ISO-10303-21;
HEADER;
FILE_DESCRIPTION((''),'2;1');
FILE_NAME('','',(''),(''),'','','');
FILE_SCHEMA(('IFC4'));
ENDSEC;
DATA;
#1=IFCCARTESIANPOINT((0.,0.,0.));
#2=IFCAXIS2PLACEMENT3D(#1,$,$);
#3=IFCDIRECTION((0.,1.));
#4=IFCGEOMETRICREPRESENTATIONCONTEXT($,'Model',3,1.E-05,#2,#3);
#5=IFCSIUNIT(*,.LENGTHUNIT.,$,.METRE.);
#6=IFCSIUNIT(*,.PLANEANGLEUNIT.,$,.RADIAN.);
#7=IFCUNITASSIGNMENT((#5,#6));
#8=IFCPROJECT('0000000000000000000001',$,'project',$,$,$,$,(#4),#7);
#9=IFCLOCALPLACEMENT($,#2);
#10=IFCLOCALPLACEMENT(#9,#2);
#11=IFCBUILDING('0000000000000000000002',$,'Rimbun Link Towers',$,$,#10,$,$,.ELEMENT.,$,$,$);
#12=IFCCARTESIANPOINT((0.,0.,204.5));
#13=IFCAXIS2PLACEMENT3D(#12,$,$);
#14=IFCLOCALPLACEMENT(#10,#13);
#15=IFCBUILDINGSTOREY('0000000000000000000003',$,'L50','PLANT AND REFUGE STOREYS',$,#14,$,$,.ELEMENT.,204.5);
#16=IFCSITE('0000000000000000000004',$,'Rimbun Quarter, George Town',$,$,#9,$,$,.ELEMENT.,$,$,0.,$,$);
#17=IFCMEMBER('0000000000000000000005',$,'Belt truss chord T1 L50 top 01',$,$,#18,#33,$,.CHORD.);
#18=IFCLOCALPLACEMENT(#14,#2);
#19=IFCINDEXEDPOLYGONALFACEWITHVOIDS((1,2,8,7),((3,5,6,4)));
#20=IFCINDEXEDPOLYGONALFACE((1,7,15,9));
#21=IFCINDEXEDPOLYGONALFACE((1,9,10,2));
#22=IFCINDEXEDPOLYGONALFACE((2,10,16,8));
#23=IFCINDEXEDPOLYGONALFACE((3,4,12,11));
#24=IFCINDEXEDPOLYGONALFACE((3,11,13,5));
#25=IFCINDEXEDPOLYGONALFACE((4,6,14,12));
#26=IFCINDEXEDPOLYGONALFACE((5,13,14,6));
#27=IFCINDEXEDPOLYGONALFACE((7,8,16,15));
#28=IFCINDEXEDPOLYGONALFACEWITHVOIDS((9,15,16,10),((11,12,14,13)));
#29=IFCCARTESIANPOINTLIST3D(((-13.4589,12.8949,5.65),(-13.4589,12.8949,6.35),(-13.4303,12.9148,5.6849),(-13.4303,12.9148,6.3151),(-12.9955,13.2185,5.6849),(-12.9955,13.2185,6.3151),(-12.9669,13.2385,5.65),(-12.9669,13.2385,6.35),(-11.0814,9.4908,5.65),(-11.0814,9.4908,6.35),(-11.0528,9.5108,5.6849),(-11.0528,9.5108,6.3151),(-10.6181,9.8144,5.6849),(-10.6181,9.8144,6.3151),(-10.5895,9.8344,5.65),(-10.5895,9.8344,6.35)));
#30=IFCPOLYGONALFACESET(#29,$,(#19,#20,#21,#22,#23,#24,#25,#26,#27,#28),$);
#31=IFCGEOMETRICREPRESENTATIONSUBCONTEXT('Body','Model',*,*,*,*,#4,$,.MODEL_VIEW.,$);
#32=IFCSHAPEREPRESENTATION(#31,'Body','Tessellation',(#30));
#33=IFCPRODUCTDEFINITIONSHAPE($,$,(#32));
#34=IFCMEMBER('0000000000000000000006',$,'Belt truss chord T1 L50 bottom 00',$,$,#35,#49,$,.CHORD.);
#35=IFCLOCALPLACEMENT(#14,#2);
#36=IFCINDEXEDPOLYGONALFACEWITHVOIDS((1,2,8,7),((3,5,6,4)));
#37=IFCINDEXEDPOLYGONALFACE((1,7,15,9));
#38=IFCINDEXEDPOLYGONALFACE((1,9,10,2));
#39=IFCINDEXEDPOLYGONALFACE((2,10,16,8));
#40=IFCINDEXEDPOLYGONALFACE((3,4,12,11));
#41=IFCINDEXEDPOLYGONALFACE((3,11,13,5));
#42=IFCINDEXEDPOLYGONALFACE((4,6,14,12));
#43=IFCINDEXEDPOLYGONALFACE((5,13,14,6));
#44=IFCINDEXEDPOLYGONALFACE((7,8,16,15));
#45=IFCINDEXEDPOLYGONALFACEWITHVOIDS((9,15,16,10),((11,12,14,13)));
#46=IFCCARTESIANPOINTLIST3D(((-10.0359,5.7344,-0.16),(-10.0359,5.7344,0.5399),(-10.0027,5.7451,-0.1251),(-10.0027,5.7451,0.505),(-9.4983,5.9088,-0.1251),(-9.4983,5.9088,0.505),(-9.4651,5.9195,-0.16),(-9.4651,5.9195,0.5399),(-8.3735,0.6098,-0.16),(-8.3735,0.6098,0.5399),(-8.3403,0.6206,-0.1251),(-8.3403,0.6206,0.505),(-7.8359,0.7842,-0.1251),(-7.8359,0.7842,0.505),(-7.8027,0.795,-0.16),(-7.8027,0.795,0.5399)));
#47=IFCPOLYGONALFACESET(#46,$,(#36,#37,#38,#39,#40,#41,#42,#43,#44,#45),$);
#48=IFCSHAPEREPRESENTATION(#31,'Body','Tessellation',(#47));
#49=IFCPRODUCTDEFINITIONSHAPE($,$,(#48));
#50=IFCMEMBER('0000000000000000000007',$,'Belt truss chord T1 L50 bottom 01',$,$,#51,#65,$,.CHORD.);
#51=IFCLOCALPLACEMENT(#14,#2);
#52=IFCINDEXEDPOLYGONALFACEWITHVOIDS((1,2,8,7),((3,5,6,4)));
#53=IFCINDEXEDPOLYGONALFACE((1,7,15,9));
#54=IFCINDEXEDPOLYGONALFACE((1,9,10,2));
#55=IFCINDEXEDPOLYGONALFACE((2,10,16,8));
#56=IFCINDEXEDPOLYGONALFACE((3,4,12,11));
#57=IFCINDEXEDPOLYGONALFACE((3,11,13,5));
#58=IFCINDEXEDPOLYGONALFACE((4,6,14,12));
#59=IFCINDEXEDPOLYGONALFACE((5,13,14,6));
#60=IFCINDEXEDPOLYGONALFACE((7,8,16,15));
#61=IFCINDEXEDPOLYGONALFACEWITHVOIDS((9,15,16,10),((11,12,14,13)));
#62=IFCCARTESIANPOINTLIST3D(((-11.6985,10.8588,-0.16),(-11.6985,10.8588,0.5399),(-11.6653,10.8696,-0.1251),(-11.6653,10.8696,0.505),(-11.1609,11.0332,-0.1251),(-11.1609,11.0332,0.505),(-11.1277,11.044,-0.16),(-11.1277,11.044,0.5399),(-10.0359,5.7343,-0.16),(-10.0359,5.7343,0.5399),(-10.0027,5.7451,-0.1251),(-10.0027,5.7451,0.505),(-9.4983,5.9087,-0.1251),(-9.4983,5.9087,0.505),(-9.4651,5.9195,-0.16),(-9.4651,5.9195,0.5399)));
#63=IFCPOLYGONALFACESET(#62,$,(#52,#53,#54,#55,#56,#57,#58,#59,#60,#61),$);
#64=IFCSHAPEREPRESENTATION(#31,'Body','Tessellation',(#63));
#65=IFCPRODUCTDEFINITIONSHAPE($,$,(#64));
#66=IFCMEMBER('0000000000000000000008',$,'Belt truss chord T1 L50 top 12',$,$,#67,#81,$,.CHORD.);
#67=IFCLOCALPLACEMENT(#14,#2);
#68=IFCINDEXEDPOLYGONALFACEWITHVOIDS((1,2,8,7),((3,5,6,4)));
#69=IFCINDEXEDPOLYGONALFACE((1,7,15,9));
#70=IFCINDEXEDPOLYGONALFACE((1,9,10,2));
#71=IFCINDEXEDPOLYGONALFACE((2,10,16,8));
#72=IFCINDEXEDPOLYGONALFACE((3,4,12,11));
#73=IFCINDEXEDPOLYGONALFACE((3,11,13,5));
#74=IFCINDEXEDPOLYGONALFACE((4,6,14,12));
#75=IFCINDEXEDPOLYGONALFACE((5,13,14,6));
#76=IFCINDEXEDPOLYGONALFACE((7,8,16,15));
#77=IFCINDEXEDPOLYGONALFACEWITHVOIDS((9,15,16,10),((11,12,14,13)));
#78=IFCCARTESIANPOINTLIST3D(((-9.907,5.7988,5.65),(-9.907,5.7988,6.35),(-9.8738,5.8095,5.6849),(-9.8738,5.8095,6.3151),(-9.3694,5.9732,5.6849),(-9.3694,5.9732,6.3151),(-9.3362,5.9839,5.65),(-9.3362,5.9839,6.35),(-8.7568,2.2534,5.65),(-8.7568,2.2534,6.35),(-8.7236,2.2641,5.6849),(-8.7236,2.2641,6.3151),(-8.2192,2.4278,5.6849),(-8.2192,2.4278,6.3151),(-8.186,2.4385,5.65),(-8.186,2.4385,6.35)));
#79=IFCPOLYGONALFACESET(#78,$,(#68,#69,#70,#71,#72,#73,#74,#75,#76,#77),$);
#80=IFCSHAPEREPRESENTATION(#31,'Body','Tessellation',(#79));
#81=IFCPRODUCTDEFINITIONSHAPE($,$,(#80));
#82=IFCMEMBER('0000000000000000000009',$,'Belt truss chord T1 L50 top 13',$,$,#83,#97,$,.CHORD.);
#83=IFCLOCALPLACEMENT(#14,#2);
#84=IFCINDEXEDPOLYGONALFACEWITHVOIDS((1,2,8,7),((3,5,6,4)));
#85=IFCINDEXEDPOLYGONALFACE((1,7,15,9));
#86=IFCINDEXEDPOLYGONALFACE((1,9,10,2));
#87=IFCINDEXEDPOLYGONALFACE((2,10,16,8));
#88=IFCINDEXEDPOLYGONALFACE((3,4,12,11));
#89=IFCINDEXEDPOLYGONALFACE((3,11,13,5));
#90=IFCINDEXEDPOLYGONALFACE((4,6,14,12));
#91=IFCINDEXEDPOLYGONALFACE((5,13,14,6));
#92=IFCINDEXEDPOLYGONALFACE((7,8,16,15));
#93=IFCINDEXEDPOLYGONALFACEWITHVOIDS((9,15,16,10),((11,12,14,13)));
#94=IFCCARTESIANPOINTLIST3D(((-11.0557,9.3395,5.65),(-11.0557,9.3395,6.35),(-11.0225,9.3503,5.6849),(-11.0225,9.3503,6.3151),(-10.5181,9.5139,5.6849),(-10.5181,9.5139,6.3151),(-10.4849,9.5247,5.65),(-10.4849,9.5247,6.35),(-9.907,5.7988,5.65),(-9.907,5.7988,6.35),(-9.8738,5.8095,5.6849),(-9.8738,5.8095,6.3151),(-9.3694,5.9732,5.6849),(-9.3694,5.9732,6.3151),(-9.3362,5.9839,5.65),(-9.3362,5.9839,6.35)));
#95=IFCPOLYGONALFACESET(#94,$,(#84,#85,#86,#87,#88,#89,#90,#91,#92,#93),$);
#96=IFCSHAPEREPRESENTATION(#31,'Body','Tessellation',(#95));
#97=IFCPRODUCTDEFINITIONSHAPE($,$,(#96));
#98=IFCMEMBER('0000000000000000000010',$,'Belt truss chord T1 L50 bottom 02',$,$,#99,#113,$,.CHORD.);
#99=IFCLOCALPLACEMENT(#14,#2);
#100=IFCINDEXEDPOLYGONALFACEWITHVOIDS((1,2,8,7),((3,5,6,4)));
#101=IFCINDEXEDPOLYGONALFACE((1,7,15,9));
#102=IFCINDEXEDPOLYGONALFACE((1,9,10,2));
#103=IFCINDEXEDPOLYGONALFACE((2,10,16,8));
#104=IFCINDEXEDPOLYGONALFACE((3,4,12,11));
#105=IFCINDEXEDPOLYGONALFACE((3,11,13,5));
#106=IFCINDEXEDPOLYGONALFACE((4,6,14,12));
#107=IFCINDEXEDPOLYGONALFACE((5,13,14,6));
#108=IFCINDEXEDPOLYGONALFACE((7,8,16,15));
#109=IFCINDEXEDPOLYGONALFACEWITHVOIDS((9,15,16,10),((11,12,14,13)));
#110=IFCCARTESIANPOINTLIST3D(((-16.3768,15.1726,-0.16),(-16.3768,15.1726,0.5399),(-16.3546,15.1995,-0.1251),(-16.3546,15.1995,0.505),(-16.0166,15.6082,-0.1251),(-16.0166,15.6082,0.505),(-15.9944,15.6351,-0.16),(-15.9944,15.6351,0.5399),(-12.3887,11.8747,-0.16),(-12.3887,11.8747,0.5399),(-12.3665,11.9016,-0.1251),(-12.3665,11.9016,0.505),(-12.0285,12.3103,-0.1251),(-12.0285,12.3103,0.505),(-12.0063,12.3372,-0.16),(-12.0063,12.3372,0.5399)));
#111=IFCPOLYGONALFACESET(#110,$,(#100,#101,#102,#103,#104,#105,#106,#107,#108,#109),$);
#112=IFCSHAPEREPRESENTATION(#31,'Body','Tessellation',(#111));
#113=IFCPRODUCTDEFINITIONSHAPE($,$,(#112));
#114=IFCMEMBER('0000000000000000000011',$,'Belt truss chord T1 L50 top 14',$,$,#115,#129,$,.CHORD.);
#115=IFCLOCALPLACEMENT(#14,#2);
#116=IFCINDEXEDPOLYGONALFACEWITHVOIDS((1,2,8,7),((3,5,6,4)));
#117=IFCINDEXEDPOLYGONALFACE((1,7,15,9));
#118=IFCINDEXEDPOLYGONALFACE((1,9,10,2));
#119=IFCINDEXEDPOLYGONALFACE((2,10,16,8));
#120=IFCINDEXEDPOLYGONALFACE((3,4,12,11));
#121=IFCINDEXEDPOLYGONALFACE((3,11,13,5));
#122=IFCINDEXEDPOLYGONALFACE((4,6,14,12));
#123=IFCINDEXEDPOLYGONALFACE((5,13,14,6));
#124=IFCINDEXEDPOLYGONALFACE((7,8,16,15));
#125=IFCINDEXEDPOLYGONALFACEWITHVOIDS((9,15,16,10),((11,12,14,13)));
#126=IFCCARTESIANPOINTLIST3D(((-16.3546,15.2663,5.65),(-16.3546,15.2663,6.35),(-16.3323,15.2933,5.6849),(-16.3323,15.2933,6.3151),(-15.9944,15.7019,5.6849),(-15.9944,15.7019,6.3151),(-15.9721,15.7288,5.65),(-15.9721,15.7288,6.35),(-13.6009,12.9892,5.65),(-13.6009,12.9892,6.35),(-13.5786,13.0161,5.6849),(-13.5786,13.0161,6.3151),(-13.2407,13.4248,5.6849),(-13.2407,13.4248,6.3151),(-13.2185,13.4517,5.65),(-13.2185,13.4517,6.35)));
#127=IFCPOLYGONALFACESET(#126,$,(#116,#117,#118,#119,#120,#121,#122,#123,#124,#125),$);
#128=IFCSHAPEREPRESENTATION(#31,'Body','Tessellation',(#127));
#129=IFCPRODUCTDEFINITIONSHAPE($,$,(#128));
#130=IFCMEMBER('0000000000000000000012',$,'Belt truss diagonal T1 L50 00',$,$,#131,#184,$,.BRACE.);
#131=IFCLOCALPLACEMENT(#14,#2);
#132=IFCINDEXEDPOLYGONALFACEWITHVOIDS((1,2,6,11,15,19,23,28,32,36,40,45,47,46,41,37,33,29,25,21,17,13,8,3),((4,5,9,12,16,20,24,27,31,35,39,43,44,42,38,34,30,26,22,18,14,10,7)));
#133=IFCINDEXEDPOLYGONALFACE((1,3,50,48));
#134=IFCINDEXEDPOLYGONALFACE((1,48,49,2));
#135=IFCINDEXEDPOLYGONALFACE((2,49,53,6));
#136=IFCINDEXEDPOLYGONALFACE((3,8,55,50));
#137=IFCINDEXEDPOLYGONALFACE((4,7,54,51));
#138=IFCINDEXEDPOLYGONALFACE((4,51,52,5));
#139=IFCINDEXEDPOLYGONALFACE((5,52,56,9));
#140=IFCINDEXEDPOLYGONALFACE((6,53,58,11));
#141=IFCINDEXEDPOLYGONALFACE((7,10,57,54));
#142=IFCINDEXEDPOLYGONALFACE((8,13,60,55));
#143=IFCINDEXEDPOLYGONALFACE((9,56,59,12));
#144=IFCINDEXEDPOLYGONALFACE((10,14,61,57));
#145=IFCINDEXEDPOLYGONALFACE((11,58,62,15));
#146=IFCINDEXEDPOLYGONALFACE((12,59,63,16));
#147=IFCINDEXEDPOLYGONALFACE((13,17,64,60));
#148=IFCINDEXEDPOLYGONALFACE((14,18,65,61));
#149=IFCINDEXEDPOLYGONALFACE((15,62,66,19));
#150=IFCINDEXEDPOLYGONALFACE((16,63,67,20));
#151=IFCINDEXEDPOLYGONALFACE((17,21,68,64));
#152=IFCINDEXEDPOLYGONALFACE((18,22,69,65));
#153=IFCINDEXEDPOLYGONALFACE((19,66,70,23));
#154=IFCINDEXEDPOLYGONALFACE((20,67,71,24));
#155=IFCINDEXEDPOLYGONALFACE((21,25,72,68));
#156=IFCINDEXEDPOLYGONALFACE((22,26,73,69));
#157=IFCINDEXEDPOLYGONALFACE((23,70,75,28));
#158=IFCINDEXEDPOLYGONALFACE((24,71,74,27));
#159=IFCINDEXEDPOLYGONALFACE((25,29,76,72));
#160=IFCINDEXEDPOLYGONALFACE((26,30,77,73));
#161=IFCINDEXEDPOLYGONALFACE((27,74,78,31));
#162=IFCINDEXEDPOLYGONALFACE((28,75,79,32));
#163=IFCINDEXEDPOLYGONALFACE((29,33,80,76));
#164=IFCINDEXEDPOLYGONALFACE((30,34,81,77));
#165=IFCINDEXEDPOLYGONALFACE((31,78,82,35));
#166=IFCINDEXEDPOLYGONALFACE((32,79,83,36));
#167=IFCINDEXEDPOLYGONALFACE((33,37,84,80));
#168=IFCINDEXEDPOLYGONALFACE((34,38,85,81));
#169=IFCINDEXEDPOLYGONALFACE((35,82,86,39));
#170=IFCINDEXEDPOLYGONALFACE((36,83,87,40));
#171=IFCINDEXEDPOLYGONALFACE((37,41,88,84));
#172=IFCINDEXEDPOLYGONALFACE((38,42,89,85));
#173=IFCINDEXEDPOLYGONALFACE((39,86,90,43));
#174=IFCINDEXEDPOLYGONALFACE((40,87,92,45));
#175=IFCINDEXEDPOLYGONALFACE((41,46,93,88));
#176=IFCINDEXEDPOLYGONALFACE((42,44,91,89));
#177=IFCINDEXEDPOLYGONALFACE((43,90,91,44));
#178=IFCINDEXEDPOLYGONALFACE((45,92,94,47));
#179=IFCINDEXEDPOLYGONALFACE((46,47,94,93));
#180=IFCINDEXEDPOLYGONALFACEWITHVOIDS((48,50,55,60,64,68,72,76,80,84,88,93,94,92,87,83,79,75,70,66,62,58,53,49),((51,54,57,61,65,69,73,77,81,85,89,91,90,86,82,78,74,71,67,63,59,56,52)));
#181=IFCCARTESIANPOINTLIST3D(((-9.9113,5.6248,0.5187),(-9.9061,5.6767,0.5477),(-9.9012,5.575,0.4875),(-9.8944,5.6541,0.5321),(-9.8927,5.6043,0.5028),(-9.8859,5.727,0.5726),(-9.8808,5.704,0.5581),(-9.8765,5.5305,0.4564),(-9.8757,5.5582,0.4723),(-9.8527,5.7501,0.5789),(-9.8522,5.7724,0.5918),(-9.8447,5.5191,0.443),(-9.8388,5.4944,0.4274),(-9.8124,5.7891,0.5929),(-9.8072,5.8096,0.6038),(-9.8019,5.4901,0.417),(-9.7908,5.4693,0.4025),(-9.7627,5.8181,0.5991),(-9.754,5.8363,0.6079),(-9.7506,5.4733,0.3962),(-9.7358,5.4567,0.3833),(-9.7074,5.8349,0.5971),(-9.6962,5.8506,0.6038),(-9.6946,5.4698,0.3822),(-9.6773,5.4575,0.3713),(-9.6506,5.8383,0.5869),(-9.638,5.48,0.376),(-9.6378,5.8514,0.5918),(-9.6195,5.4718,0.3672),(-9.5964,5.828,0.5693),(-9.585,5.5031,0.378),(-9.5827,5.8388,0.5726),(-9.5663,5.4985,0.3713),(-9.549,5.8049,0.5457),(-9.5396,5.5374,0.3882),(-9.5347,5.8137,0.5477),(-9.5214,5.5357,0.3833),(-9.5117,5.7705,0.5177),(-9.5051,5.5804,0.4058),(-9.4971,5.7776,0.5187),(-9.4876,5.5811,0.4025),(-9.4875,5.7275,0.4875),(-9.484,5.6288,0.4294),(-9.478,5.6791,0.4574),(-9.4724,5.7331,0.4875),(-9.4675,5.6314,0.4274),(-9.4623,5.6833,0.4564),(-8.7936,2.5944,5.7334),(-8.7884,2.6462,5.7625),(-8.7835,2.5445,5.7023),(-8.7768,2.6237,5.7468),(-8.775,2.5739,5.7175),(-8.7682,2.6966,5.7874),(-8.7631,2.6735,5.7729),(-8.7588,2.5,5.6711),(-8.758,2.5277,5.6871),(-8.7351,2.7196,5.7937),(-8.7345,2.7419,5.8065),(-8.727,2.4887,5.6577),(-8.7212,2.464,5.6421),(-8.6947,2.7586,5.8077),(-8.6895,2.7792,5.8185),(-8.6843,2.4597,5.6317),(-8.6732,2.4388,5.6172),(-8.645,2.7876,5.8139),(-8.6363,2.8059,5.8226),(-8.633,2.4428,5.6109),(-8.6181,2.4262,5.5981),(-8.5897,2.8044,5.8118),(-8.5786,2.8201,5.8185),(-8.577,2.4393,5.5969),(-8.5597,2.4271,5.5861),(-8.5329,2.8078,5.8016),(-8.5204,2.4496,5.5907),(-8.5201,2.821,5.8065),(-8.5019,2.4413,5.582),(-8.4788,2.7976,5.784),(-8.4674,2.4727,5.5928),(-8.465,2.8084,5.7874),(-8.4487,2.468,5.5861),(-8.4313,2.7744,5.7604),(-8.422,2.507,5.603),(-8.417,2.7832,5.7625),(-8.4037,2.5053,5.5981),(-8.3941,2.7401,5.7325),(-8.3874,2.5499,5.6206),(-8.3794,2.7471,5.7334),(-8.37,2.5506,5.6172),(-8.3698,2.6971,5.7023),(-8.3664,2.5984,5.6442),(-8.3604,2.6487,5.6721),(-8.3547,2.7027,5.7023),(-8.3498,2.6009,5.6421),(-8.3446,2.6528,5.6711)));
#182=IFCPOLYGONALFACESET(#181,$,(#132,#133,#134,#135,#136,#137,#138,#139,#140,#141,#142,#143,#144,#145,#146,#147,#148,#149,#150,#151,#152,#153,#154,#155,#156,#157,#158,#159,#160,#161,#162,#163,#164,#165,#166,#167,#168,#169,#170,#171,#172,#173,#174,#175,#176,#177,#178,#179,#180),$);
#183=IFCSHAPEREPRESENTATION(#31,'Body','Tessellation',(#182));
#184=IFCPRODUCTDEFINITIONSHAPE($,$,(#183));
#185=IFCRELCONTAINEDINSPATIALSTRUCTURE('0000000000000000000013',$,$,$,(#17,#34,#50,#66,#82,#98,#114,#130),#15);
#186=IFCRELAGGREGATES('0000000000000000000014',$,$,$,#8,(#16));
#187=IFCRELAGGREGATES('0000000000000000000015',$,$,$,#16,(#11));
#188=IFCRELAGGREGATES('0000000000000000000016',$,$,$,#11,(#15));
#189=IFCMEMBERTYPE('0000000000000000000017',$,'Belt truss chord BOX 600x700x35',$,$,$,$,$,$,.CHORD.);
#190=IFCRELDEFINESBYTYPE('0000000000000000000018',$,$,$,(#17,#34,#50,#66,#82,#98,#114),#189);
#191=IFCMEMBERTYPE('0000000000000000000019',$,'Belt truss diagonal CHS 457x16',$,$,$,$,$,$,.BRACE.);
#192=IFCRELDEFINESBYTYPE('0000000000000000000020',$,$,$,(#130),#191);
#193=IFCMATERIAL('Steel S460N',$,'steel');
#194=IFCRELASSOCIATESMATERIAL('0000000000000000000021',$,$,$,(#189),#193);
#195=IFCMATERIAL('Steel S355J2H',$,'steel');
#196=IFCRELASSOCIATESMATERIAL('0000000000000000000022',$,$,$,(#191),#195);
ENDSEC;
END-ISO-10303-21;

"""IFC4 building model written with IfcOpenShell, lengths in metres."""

from ifc_helpers import new_model, si_unit, direction, frame, origin, origin_2d, place, context, subcontext, project, spatial, hollow_rectangle, hollow_circle, extrude, material, material_profile, profile_set, type_object, element, save


model = new_model("IFC4")

# Units and contexts
model_context = context("Model", 3, precision=1e-05, world=origin(), true_north=direction((0.0, 1.0)))
body_context = subcontext(model_context, "Body", "Model", "MODEL_VIEW")
ifc_project = project(units=[si_unit("LENGTHUNIT", "METRE"), si_unit("PLANEANGLEUNIT", "RADIAN")], contexts=[model_context])

# Site, building, storey
site_placement = place(None, origin())
site = spatial("IfcSite", under=ifc_project, at=site_placement, Name="Rimbun Quarter, George Town", CompositionType="ELEMENT", RefElevation=0.0)
building_placement = place(site_placement, origin())
building = spatial("IfcBuilding", under=site, at=building_placement, Name="Rimbun Link Towers", CompositionType="ELEMENT")
storey_placement = place(building_placement, frame((0.0, 0.0, 204.5)))
storey = spatial("IfcBuildingStorey", under=building, at=storey_placement, Name="L50", Description="PLANT AND REFUGE STOREYS", CompositionType="ELEMENT", Elevation=204.5)

# Members
ifc_material_1 = material(Name="Steel S460N", Category="steel")
ifc_material_profile_1 = material_profile(ifc_material_1, hollow_rectangle(XDim=0.6001, YDim=0.7, WallThickness=0.0349, at=origin_2d()), Name="Belt truss chord BOX 600x700x35")
ifc_profile_set_1 = profile_set([ifc_material_profile_1], Name="Steel S460N")
member_type_1 = type_object("IfcMemberType", Name="Belt truss chord BOX 600x700x35", PredefinedType="CHORD", material=ifc_profile_set_1)
member_1_placement = place(storey_placement, frame((-10.8354, 9.6626, 6.0), z_axis=(-0.57259, 0.819842, 0.0), x_axis=(-0.819842, -0.57259, 0.0)))
element("IfcMember", 1, at=member_1_placement, inside=storey, type_object=member_type_1, Name="Belt truss chord T1 L50 top 01", PredefinedType="CHORD", context=body_context, shape_type="SweptSolid", body=[
    extrude(hollow_rectangle(XDim=0.6001, YDim=0.7, WallThickness=0.0349, at=origin_2d()), origin(), (0.0, 0.0, 1.0), 4.1521),
])
for number, where, z_axis, x_axis, name in (
    (2, (-8.0881, 0.7024, 0.1899), (-0.308563, 0.951204, 0.0), (-0.951204, -0.308563, 0.0), "Belt truss chord T1 L50 bottom 00"),
    (3, (-9.7505, 5.8269, 0.1899), (-0.308604, 0.95119, 0.0), (-0.95119, -0.308604, 0.0), "Belt truss chord T1 L50 bottom 01"),
):
    element("IfcMember", number, at=place(storey_placement, frame(where, z_axis=z_axis, x_axis=x_axis)), inside=storey, type_object=member_type_1, Name=name, PredefinedType="CHORD", context=body_context, shape_type="SweptSolid", body=[
        extrude(hollow_rectangle(XDim=0.6001, YDim=0.7, WallThickness=0.0349, at=origin_2d()), origin(), (0.0, 0.0, 1.0), 5.3875),
    ])
member_2_placement = place(storey_placement, frame((-8.4714, 2.3459, 6.0), z_axis=(-0.308574, 0.9512, 0.0), x_axis=(-0.9512, -0.308574, 0.0)))
element("IfcMember", 4, at=member_2_placement, inside=storey, type_object=member_type_1, Name="Belt truss chord T1 L50 top 12", PredefinedType="CHORD", context=body_context, shape_type="SweptSolid", body=[
    extrude(hollow_rectangle(XDim=0.6001, YDim=0.7, WallThickness=0.0349, at=origin_2d()), origin(), (0.0, 0.0, 1.0), 3.7273),
])
member_3_placement = place(storey_placement, frame((-9.6216, 5.8914, 6.0), z_axis=(-0.308583, 0.951197, 0.0), x_axis=(-0.951197, -0.308583, 0.0)))
element("IfcMember", 5, at=member_3_placement, inside=storey, type_object=member_type_1, Name="Belt truss chord T1 L50 top 13", PredefinedType="CHORD", context=body_context, shape_type="SweptSolid", body=[
    extrude(hollow_rectangle(XDim=0.6001, YDim=0.7, WallThickness=0.0349, at=origin_2d()), origin(), (0.0, 0.0, 1.0), 3.7224),
])
member_4_placement = place(storey_placement, frame((-12.1975, 12.106, 0.1899), z_axis=(-0.77064, 0.63727, 0.0), x_axis=(-0.63727, -0.77064, 0.0)))
element("IfcMember", 6, at=member_4_placement, inside=storey, type_object=member_type_1, Name="Belt truss chord T1 L50 bottom 02", PredefinedType="CHORD", context=body_context, shape_type="SweptSolid", body=[
    extrude(hollow_rectangle(XDim=0.6001, YDim=0.7, WallThickness=0.0349, at=origin_2d()), origin(), (0.0, 0.0, 1.0), 5.175),
])
member_5_placement = place(storey_placement, frame((-13.4097, 13.2205, 6.0), z_axis=(-0.770641, 0.63727, 0.0), x_axis=(-0.63727, -0.770641, 0.0)))
element("IfcMember", 7, at=member_5_placement, inside=storey, type_object=member_type_1, Name="Belt truss chord T1 L50 top 14", PredefinedType="CHORD", context=body_context, shape_type="SweptSolid", body=[
    extrude(hollow_rectangle(XDim=0.6001, YDim=0.7, WallThickness=0.0349, at=origin_2d()), origin(), (0.0, 0.0, 1.0), 3.5732),
])
ifc_material_2 = material(Name="Steel S355J2H", Category="steel")
ifc_material_profile_2 = material_profile(ifc_material_2, hollow_circle(Radius=0.2285, WallThickness=0.0161, at=origin_2d()), Name="Belt truss diagonal CHS 457x16")
ifc_profile_set_2 = profile_set([ifc_material_profile_2], Name="Steel S355J2H")
member_type_2 = type_object("IfcMemberType", Name="Belt truss diagonal CHS 457x16", PredefinedType="BRACE", material=ifc_profile_set_2)
member_6_placement = place(storey_placement, frame((-9.6868, 5.6541, 0.4875), z_axis=(0.182205, -0.49404, 0.850133), x_axis=(0.938226, 0.346024, 0.0)))
element("IfcMember", 8, at=member_6_placement, inside=storey, type_object=member_type_2, Name="Belt truss diagonal T1 L50 00", PredefinedType="BRACE", context=body_context, shape_type="SweptSolid", body=[
    extrude(hollow_circle(Radius=0.2285, WallThickness=0.0161, at=origin_2d()), origin(), (0.0, 0.0, 1.0), 6.134),
])

save(model, "model.ifc")
